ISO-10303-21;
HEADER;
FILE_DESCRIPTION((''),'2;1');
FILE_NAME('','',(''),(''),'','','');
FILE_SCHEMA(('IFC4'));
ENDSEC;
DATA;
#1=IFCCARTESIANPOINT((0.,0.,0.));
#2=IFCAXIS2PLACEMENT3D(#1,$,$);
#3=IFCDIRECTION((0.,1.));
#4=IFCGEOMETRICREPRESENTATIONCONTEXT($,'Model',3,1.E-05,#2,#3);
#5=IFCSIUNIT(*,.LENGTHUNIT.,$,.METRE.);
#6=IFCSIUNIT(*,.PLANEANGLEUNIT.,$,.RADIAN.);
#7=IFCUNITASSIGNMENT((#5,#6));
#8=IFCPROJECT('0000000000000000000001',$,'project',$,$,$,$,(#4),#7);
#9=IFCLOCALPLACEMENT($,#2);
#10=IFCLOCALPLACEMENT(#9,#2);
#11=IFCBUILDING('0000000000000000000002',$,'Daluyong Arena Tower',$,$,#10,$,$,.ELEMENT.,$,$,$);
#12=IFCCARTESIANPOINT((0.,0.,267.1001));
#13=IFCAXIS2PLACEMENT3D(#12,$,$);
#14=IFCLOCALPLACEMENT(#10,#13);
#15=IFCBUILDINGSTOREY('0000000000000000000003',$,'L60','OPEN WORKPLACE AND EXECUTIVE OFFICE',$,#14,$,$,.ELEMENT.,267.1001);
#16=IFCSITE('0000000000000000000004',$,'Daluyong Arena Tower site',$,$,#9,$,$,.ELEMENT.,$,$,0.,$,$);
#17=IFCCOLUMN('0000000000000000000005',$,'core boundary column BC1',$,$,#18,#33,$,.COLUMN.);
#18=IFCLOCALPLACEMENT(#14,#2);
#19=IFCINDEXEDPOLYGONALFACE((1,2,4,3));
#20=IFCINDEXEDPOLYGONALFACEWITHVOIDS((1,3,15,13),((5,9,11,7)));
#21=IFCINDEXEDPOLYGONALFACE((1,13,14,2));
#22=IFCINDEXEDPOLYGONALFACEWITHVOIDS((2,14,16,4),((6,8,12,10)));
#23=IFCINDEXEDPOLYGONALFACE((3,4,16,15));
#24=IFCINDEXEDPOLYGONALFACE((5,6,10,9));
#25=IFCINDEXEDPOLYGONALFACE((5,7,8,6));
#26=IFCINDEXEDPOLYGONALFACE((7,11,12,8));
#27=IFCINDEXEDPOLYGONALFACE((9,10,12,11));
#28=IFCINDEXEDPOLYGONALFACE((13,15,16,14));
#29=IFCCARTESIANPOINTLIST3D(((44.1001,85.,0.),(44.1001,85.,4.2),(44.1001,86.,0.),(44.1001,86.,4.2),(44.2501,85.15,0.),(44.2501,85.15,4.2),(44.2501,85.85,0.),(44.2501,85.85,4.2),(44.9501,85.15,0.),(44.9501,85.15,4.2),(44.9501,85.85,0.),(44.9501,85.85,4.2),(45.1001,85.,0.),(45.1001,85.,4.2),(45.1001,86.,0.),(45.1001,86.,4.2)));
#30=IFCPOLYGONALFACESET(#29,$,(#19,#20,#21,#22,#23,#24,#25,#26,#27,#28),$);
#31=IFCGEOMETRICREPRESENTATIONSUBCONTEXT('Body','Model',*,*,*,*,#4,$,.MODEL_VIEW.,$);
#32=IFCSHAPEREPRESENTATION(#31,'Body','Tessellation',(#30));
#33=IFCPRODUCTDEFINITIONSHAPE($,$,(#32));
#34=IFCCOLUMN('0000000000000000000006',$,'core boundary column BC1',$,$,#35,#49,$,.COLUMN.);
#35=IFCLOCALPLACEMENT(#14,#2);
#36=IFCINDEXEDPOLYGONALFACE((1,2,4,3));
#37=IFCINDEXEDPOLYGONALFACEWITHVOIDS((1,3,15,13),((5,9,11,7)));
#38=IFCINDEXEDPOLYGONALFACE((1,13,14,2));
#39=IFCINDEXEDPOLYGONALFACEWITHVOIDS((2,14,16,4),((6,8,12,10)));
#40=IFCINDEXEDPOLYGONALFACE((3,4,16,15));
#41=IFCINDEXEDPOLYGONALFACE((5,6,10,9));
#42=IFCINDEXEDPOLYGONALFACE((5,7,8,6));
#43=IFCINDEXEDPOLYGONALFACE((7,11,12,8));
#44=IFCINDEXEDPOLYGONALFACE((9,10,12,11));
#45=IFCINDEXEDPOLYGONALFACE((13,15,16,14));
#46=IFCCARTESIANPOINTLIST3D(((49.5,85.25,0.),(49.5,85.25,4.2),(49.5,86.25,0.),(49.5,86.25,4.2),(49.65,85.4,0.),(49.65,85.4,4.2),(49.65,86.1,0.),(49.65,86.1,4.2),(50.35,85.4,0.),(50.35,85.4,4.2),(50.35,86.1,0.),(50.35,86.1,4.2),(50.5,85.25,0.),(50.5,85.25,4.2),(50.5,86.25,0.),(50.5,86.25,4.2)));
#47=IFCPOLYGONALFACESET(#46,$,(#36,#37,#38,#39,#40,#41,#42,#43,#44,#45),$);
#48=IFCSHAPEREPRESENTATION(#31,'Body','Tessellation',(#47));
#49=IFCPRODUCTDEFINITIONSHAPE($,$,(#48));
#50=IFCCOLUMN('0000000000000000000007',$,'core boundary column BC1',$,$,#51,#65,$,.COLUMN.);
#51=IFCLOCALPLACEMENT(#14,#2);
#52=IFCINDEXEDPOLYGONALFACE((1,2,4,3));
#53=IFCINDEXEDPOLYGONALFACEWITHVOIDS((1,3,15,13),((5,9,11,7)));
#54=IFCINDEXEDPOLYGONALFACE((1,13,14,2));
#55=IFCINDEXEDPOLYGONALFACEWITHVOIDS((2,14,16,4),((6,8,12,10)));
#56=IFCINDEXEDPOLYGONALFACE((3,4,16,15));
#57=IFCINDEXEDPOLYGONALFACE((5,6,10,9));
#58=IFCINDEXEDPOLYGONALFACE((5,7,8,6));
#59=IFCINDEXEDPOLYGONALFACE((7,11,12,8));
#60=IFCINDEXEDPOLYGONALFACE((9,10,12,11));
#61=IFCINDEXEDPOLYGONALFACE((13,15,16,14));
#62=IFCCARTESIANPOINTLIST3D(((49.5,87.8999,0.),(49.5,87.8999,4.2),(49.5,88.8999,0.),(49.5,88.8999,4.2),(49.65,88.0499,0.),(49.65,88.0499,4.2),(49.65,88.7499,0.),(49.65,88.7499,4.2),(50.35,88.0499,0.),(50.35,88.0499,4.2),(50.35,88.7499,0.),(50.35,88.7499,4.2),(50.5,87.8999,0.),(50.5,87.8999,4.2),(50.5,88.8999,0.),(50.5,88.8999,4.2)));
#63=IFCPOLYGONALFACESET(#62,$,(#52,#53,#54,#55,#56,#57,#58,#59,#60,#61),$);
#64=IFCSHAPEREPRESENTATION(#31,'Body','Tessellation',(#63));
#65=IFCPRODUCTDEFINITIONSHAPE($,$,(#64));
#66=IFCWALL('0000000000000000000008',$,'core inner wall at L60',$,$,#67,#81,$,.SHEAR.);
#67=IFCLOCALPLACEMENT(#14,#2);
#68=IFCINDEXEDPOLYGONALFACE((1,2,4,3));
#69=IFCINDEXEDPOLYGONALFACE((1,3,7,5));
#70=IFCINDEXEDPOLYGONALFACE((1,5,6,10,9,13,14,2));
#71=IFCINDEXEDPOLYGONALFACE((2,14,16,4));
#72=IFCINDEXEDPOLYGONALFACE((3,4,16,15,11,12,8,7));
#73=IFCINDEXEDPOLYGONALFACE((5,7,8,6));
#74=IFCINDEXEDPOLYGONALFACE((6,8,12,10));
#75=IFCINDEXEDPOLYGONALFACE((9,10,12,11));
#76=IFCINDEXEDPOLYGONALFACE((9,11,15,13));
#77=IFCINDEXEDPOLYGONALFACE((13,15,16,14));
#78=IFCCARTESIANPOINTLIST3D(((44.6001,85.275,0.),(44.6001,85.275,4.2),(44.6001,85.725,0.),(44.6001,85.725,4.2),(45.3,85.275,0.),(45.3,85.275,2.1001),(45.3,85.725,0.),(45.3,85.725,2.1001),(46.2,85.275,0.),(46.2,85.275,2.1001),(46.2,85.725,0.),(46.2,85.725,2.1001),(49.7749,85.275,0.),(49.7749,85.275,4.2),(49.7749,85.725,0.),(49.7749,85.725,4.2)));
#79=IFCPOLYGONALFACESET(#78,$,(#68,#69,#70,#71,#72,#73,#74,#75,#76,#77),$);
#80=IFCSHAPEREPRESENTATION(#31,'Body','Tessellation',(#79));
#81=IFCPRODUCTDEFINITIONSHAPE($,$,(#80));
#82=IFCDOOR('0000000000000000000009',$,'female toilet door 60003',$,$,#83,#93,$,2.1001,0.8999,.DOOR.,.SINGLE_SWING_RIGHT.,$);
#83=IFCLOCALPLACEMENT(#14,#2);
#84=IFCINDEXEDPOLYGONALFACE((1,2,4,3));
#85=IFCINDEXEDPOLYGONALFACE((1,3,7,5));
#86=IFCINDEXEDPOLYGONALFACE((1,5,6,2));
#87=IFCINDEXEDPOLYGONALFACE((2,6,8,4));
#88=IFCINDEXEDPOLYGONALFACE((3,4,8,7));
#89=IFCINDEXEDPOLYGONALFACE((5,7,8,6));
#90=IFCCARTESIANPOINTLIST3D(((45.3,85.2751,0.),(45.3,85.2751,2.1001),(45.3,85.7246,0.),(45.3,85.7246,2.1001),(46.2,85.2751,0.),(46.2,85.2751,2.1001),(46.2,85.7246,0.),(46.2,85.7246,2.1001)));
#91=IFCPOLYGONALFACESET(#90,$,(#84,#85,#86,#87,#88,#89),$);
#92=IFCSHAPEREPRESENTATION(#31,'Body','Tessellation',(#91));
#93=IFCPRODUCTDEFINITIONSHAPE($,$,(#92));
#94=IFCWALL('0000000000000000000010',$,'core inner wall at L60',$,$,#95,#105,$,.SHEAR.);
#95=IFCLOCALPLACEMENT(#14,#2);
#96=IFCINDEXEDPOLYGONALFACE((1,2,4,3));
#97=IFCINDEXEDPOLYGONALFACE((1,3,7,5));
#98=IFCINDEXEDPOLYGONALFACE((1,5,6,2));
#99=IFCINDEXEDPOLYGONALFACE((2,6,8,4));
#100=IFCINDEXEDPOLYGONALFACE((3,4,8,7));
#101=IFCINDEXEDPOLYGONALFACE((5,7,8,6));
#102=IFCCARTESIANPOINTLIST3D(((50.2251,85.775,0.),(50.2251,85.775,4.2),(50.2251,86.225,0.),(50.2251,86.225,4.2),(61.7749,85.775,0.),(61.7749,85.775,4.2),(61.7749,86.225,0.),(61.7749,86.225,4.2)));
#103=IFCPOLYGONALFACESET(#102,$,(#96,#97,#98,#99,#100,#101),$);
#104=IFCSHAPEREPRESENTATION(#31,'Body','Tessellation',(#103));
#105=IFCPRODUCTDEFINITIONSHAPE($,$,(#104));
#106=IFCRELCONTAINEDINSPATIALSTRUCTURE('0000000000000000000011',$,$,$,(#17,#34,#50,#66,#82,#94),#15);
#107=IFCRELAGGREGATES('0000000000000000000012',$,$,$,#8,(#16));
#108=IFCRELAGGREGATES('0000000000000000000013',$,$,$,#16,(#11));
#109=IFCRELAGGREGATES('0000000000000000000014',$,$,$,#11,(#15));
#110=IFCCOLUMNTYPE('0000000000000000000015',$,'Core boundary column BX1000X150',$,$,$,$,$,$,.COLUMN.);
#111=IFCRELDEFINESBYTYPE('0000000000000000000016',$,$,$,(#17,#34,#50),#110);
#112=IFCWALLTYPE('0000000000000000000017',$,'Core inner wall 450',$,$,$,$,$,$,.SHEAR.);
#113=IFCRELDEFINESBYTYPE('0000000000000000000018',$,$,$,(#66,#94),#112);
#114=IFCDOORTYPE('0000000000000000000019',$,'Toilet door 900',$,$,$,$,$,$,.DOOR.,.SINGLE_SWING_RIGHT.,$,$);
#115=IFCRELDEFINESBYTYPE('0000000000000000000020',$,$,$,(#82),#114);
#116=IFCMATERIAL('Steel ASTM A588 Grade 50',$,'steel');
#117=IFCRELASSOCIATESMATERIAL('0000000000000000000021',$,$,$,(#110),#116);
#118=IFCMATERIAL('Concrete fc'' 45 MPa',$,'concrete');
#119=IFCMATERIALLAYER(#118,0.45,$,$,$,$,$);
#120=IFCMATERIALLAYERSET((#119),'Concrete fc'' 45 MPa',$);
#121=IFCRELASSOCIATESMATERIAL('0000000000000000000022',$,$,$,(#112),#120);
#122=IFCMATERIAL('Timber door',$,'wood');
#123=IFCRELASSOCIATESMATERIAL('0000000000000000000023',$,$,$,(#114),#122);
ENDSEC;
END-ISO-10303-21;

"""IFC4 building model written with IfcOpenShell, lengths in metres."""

from ifc_helpers import new_model, si_unit, direction, frame, frame_2d, origin, origin_2d, place, context, subcontext, project, spatial, rectangle, hollow_rectangle, extrude, material, layer, layer_set, material_profile, profile_set, type_object, element, fill, save


model = new_model("IFC4")

# Units and contexts
model_context = context("Model", 3, precision=1e-05, world=origin(), true_north=direction((0.0, 1.0)))
body_context = subcontext(model_context, "Body", "Model", "MODEL_VIEW")
ifc_project = project(units=[si_unit("LENGTHUNIT", "METRE"), si_unit("PLANEANGLEUNIT", "RADIAN")], contexts=[model_context])

# Site, building, storey
site_placement = place(None, origin())
site = spatial("IfcSite", under=ifc_project, at=site_placement, Name="Daluyong Arena Tower site", CompositionType="ELEMENT", RefElevation=0.0)
building_placement = place(site_placement, origin())
building = spatial("IfcBuilding", under=site, at=building_placement, Name="Daluyong Arena Tower", CompositionType="ELEMENT")
storey_placement = place(building_placement, frame((0.0, 0.0, 267.1001)))
storey = spatial("IfcBuildingStorey", under=building, at=storey_placement, Name="L60", Description="OPEN WORKPLACE AND EXECUTIVE OFFICE", CompositionType="ELEMENT", Elevation=267.1001)

# Columns
ifc_material_1 = material(Name="Steel ASTM A588 Grade 50", Category="steel")
ifc_material_profile = material_profile(ifc_material_1, hollow_rectangle(XDim=1.0, YDim=1.0, WallThickness=0.15, at=origin_2d()))
ifc_profile_set = profile_set([ifc_material_profile], Name="Steel ASTM A588 Grade 50")
column_type = type_object("IfcColumnType", Name="Core boundary column BX1000X150", PredefinedType="COLUMN", material=ifc_profile_set)
for number, where, z_axis, x_axis, name in (
    (1, (44.6001, 85.5, 0.0), (0.0, 0.0, 1.0), (1.0, 0.0, 0.0), "core boundary column BC1"),
    (2, (50.0, 85.75, 0.0), (0.0, 0.0, 1.0), (1.0, 0.0, 0.0), "core boundary column BC1"),
    (3, (50.0, 88.3999, 0.0), (0.0, 0.0, 1.0), (1.0, 0.0, 0.0), "core boundary column BC1"),
):
    element("IfcColumn", number, at=place(storey_placement, frame(where, z_axis=z_axis, x_axis=x_axis)), inside=storey, type_object=column_type, Name=name, PredefinedType="COLUMN", context=body_context, shape_type="SweptSolid", body=[
        extrude(hollow_rectangle(XDim=1.0, YDim=1.0, WallThickness=0.15, at=origin_2d()), origin(), (0.0, 0.0, 1.0), 4.2),
    ])

# Wall, opening, door
ifc_material_2 = material(Name="Concrete fc' 45 MPa", Category="concrete")
ifc_layer_1 = layer(ifc_material_2, 0.45)
ifc_layer_set_1 = layer_set([ifc_layer_1], Name="Concrete fc' 45 MPa")
wall_type_1 = type_object("IfcWallType", Name="Core inner wall 450", PredefinedType="SHEAR", material=ifc_layer_set_1)
wall_1_placement = place(storey_placement, frame((44.6001, 85.5, 0.0), z_axis=(0.0, 0.0, 1.0), x_axis=(1.0, 0.0, 0.0)))
wall_1 = element("IfcWall", 4, at=wall_1_placement, inside=storey, type_object=wall_type_1, Name="core inner wall at L60", PredefinedType="SHEAR", context=body_context, shape_type="SweptSolid", body=[
    extrude(rectangle(XDim=5.1748, YDim=0.45, at=frame_2d((2.5874, 0.0))), origin(), (0.0, 0.0, 1.0), 4.2),
])
opening_1_placement = place(wall_1_placement, frame((0.7, 0.0, 0.0)))
opening_1 = element("IfcOpeningElement", 5, at=opening_1_placement, cuts=wall_1, PredefinedType="OPENING", context=body_context, shape_type="SweptSolid", body=[
    extrude(rectangle(XDim=0.8999, YDim=2.1001, at=frame_2d((0.45, 1.05))), frame((0.0, 0.2349, 0.0), z_axis=(0.0, -1.0, 0.0), x_axis=(1.0, 0.0, 0.0)), (0.0, 0.0, 1.0), 0.47),
])
ifc_material_3 = material(Name="Timber door", Category="wood")
door_type_1 = type_object("IfcDoorType", Name="Toilet door 900", OperationType="SINGLE_SWING_RIGHT", PredefinedType="DOOR", material=ifc_material_3)
door_1_placement = place(opening_1_placement, origin())
door_1 = element("IfcDoor", 6, at=door_1_placement, inside=storey, type_object=door_type_1, Name="female toilet door 60003", OperationType="SINGLE_SWING_RIGHT", OverallHeight=2.1001, OverallWidth=0.8999, PredefinedType="DOOR", context=body_context, shape_type="SweptSolid", body=[
    extrude(rectangle(XDim=0.8999, YDim=2.1001, at=frame_2d((0.45, 1.05))), frame((0.0, 0.2246, 0.0), z_axis=(0.0, -1.0, 0.0), x_axis=(1.0, 0.0, 0.0)), (0.0, 0.0, 1.0), 0.4495),
])
fill(opening_1, door_1)

# Wall
wall_2_placement = place(storey_placement, frame((50.2251, 86.0, 0.0), z_axis=(0.0, 0.0, 1.0), x_axis=(1.0, 0.0, 0.0)))
element("IfcWall", 7, at=wall_2_placement, inside=storey, type_object=wall_type_1, Name="core inner wall at L60", PredefinedType="SHEAR", context=body_context, shape_type="SweptSolid", body=[
    extrude(rectangle(XDim=11.5498, YDim=0.45, at=frame_2d((5.7749, 0.0))), origin(), (0.0, 0.0, 1.0), 4.2),
])

save(model, "model.ifc")
